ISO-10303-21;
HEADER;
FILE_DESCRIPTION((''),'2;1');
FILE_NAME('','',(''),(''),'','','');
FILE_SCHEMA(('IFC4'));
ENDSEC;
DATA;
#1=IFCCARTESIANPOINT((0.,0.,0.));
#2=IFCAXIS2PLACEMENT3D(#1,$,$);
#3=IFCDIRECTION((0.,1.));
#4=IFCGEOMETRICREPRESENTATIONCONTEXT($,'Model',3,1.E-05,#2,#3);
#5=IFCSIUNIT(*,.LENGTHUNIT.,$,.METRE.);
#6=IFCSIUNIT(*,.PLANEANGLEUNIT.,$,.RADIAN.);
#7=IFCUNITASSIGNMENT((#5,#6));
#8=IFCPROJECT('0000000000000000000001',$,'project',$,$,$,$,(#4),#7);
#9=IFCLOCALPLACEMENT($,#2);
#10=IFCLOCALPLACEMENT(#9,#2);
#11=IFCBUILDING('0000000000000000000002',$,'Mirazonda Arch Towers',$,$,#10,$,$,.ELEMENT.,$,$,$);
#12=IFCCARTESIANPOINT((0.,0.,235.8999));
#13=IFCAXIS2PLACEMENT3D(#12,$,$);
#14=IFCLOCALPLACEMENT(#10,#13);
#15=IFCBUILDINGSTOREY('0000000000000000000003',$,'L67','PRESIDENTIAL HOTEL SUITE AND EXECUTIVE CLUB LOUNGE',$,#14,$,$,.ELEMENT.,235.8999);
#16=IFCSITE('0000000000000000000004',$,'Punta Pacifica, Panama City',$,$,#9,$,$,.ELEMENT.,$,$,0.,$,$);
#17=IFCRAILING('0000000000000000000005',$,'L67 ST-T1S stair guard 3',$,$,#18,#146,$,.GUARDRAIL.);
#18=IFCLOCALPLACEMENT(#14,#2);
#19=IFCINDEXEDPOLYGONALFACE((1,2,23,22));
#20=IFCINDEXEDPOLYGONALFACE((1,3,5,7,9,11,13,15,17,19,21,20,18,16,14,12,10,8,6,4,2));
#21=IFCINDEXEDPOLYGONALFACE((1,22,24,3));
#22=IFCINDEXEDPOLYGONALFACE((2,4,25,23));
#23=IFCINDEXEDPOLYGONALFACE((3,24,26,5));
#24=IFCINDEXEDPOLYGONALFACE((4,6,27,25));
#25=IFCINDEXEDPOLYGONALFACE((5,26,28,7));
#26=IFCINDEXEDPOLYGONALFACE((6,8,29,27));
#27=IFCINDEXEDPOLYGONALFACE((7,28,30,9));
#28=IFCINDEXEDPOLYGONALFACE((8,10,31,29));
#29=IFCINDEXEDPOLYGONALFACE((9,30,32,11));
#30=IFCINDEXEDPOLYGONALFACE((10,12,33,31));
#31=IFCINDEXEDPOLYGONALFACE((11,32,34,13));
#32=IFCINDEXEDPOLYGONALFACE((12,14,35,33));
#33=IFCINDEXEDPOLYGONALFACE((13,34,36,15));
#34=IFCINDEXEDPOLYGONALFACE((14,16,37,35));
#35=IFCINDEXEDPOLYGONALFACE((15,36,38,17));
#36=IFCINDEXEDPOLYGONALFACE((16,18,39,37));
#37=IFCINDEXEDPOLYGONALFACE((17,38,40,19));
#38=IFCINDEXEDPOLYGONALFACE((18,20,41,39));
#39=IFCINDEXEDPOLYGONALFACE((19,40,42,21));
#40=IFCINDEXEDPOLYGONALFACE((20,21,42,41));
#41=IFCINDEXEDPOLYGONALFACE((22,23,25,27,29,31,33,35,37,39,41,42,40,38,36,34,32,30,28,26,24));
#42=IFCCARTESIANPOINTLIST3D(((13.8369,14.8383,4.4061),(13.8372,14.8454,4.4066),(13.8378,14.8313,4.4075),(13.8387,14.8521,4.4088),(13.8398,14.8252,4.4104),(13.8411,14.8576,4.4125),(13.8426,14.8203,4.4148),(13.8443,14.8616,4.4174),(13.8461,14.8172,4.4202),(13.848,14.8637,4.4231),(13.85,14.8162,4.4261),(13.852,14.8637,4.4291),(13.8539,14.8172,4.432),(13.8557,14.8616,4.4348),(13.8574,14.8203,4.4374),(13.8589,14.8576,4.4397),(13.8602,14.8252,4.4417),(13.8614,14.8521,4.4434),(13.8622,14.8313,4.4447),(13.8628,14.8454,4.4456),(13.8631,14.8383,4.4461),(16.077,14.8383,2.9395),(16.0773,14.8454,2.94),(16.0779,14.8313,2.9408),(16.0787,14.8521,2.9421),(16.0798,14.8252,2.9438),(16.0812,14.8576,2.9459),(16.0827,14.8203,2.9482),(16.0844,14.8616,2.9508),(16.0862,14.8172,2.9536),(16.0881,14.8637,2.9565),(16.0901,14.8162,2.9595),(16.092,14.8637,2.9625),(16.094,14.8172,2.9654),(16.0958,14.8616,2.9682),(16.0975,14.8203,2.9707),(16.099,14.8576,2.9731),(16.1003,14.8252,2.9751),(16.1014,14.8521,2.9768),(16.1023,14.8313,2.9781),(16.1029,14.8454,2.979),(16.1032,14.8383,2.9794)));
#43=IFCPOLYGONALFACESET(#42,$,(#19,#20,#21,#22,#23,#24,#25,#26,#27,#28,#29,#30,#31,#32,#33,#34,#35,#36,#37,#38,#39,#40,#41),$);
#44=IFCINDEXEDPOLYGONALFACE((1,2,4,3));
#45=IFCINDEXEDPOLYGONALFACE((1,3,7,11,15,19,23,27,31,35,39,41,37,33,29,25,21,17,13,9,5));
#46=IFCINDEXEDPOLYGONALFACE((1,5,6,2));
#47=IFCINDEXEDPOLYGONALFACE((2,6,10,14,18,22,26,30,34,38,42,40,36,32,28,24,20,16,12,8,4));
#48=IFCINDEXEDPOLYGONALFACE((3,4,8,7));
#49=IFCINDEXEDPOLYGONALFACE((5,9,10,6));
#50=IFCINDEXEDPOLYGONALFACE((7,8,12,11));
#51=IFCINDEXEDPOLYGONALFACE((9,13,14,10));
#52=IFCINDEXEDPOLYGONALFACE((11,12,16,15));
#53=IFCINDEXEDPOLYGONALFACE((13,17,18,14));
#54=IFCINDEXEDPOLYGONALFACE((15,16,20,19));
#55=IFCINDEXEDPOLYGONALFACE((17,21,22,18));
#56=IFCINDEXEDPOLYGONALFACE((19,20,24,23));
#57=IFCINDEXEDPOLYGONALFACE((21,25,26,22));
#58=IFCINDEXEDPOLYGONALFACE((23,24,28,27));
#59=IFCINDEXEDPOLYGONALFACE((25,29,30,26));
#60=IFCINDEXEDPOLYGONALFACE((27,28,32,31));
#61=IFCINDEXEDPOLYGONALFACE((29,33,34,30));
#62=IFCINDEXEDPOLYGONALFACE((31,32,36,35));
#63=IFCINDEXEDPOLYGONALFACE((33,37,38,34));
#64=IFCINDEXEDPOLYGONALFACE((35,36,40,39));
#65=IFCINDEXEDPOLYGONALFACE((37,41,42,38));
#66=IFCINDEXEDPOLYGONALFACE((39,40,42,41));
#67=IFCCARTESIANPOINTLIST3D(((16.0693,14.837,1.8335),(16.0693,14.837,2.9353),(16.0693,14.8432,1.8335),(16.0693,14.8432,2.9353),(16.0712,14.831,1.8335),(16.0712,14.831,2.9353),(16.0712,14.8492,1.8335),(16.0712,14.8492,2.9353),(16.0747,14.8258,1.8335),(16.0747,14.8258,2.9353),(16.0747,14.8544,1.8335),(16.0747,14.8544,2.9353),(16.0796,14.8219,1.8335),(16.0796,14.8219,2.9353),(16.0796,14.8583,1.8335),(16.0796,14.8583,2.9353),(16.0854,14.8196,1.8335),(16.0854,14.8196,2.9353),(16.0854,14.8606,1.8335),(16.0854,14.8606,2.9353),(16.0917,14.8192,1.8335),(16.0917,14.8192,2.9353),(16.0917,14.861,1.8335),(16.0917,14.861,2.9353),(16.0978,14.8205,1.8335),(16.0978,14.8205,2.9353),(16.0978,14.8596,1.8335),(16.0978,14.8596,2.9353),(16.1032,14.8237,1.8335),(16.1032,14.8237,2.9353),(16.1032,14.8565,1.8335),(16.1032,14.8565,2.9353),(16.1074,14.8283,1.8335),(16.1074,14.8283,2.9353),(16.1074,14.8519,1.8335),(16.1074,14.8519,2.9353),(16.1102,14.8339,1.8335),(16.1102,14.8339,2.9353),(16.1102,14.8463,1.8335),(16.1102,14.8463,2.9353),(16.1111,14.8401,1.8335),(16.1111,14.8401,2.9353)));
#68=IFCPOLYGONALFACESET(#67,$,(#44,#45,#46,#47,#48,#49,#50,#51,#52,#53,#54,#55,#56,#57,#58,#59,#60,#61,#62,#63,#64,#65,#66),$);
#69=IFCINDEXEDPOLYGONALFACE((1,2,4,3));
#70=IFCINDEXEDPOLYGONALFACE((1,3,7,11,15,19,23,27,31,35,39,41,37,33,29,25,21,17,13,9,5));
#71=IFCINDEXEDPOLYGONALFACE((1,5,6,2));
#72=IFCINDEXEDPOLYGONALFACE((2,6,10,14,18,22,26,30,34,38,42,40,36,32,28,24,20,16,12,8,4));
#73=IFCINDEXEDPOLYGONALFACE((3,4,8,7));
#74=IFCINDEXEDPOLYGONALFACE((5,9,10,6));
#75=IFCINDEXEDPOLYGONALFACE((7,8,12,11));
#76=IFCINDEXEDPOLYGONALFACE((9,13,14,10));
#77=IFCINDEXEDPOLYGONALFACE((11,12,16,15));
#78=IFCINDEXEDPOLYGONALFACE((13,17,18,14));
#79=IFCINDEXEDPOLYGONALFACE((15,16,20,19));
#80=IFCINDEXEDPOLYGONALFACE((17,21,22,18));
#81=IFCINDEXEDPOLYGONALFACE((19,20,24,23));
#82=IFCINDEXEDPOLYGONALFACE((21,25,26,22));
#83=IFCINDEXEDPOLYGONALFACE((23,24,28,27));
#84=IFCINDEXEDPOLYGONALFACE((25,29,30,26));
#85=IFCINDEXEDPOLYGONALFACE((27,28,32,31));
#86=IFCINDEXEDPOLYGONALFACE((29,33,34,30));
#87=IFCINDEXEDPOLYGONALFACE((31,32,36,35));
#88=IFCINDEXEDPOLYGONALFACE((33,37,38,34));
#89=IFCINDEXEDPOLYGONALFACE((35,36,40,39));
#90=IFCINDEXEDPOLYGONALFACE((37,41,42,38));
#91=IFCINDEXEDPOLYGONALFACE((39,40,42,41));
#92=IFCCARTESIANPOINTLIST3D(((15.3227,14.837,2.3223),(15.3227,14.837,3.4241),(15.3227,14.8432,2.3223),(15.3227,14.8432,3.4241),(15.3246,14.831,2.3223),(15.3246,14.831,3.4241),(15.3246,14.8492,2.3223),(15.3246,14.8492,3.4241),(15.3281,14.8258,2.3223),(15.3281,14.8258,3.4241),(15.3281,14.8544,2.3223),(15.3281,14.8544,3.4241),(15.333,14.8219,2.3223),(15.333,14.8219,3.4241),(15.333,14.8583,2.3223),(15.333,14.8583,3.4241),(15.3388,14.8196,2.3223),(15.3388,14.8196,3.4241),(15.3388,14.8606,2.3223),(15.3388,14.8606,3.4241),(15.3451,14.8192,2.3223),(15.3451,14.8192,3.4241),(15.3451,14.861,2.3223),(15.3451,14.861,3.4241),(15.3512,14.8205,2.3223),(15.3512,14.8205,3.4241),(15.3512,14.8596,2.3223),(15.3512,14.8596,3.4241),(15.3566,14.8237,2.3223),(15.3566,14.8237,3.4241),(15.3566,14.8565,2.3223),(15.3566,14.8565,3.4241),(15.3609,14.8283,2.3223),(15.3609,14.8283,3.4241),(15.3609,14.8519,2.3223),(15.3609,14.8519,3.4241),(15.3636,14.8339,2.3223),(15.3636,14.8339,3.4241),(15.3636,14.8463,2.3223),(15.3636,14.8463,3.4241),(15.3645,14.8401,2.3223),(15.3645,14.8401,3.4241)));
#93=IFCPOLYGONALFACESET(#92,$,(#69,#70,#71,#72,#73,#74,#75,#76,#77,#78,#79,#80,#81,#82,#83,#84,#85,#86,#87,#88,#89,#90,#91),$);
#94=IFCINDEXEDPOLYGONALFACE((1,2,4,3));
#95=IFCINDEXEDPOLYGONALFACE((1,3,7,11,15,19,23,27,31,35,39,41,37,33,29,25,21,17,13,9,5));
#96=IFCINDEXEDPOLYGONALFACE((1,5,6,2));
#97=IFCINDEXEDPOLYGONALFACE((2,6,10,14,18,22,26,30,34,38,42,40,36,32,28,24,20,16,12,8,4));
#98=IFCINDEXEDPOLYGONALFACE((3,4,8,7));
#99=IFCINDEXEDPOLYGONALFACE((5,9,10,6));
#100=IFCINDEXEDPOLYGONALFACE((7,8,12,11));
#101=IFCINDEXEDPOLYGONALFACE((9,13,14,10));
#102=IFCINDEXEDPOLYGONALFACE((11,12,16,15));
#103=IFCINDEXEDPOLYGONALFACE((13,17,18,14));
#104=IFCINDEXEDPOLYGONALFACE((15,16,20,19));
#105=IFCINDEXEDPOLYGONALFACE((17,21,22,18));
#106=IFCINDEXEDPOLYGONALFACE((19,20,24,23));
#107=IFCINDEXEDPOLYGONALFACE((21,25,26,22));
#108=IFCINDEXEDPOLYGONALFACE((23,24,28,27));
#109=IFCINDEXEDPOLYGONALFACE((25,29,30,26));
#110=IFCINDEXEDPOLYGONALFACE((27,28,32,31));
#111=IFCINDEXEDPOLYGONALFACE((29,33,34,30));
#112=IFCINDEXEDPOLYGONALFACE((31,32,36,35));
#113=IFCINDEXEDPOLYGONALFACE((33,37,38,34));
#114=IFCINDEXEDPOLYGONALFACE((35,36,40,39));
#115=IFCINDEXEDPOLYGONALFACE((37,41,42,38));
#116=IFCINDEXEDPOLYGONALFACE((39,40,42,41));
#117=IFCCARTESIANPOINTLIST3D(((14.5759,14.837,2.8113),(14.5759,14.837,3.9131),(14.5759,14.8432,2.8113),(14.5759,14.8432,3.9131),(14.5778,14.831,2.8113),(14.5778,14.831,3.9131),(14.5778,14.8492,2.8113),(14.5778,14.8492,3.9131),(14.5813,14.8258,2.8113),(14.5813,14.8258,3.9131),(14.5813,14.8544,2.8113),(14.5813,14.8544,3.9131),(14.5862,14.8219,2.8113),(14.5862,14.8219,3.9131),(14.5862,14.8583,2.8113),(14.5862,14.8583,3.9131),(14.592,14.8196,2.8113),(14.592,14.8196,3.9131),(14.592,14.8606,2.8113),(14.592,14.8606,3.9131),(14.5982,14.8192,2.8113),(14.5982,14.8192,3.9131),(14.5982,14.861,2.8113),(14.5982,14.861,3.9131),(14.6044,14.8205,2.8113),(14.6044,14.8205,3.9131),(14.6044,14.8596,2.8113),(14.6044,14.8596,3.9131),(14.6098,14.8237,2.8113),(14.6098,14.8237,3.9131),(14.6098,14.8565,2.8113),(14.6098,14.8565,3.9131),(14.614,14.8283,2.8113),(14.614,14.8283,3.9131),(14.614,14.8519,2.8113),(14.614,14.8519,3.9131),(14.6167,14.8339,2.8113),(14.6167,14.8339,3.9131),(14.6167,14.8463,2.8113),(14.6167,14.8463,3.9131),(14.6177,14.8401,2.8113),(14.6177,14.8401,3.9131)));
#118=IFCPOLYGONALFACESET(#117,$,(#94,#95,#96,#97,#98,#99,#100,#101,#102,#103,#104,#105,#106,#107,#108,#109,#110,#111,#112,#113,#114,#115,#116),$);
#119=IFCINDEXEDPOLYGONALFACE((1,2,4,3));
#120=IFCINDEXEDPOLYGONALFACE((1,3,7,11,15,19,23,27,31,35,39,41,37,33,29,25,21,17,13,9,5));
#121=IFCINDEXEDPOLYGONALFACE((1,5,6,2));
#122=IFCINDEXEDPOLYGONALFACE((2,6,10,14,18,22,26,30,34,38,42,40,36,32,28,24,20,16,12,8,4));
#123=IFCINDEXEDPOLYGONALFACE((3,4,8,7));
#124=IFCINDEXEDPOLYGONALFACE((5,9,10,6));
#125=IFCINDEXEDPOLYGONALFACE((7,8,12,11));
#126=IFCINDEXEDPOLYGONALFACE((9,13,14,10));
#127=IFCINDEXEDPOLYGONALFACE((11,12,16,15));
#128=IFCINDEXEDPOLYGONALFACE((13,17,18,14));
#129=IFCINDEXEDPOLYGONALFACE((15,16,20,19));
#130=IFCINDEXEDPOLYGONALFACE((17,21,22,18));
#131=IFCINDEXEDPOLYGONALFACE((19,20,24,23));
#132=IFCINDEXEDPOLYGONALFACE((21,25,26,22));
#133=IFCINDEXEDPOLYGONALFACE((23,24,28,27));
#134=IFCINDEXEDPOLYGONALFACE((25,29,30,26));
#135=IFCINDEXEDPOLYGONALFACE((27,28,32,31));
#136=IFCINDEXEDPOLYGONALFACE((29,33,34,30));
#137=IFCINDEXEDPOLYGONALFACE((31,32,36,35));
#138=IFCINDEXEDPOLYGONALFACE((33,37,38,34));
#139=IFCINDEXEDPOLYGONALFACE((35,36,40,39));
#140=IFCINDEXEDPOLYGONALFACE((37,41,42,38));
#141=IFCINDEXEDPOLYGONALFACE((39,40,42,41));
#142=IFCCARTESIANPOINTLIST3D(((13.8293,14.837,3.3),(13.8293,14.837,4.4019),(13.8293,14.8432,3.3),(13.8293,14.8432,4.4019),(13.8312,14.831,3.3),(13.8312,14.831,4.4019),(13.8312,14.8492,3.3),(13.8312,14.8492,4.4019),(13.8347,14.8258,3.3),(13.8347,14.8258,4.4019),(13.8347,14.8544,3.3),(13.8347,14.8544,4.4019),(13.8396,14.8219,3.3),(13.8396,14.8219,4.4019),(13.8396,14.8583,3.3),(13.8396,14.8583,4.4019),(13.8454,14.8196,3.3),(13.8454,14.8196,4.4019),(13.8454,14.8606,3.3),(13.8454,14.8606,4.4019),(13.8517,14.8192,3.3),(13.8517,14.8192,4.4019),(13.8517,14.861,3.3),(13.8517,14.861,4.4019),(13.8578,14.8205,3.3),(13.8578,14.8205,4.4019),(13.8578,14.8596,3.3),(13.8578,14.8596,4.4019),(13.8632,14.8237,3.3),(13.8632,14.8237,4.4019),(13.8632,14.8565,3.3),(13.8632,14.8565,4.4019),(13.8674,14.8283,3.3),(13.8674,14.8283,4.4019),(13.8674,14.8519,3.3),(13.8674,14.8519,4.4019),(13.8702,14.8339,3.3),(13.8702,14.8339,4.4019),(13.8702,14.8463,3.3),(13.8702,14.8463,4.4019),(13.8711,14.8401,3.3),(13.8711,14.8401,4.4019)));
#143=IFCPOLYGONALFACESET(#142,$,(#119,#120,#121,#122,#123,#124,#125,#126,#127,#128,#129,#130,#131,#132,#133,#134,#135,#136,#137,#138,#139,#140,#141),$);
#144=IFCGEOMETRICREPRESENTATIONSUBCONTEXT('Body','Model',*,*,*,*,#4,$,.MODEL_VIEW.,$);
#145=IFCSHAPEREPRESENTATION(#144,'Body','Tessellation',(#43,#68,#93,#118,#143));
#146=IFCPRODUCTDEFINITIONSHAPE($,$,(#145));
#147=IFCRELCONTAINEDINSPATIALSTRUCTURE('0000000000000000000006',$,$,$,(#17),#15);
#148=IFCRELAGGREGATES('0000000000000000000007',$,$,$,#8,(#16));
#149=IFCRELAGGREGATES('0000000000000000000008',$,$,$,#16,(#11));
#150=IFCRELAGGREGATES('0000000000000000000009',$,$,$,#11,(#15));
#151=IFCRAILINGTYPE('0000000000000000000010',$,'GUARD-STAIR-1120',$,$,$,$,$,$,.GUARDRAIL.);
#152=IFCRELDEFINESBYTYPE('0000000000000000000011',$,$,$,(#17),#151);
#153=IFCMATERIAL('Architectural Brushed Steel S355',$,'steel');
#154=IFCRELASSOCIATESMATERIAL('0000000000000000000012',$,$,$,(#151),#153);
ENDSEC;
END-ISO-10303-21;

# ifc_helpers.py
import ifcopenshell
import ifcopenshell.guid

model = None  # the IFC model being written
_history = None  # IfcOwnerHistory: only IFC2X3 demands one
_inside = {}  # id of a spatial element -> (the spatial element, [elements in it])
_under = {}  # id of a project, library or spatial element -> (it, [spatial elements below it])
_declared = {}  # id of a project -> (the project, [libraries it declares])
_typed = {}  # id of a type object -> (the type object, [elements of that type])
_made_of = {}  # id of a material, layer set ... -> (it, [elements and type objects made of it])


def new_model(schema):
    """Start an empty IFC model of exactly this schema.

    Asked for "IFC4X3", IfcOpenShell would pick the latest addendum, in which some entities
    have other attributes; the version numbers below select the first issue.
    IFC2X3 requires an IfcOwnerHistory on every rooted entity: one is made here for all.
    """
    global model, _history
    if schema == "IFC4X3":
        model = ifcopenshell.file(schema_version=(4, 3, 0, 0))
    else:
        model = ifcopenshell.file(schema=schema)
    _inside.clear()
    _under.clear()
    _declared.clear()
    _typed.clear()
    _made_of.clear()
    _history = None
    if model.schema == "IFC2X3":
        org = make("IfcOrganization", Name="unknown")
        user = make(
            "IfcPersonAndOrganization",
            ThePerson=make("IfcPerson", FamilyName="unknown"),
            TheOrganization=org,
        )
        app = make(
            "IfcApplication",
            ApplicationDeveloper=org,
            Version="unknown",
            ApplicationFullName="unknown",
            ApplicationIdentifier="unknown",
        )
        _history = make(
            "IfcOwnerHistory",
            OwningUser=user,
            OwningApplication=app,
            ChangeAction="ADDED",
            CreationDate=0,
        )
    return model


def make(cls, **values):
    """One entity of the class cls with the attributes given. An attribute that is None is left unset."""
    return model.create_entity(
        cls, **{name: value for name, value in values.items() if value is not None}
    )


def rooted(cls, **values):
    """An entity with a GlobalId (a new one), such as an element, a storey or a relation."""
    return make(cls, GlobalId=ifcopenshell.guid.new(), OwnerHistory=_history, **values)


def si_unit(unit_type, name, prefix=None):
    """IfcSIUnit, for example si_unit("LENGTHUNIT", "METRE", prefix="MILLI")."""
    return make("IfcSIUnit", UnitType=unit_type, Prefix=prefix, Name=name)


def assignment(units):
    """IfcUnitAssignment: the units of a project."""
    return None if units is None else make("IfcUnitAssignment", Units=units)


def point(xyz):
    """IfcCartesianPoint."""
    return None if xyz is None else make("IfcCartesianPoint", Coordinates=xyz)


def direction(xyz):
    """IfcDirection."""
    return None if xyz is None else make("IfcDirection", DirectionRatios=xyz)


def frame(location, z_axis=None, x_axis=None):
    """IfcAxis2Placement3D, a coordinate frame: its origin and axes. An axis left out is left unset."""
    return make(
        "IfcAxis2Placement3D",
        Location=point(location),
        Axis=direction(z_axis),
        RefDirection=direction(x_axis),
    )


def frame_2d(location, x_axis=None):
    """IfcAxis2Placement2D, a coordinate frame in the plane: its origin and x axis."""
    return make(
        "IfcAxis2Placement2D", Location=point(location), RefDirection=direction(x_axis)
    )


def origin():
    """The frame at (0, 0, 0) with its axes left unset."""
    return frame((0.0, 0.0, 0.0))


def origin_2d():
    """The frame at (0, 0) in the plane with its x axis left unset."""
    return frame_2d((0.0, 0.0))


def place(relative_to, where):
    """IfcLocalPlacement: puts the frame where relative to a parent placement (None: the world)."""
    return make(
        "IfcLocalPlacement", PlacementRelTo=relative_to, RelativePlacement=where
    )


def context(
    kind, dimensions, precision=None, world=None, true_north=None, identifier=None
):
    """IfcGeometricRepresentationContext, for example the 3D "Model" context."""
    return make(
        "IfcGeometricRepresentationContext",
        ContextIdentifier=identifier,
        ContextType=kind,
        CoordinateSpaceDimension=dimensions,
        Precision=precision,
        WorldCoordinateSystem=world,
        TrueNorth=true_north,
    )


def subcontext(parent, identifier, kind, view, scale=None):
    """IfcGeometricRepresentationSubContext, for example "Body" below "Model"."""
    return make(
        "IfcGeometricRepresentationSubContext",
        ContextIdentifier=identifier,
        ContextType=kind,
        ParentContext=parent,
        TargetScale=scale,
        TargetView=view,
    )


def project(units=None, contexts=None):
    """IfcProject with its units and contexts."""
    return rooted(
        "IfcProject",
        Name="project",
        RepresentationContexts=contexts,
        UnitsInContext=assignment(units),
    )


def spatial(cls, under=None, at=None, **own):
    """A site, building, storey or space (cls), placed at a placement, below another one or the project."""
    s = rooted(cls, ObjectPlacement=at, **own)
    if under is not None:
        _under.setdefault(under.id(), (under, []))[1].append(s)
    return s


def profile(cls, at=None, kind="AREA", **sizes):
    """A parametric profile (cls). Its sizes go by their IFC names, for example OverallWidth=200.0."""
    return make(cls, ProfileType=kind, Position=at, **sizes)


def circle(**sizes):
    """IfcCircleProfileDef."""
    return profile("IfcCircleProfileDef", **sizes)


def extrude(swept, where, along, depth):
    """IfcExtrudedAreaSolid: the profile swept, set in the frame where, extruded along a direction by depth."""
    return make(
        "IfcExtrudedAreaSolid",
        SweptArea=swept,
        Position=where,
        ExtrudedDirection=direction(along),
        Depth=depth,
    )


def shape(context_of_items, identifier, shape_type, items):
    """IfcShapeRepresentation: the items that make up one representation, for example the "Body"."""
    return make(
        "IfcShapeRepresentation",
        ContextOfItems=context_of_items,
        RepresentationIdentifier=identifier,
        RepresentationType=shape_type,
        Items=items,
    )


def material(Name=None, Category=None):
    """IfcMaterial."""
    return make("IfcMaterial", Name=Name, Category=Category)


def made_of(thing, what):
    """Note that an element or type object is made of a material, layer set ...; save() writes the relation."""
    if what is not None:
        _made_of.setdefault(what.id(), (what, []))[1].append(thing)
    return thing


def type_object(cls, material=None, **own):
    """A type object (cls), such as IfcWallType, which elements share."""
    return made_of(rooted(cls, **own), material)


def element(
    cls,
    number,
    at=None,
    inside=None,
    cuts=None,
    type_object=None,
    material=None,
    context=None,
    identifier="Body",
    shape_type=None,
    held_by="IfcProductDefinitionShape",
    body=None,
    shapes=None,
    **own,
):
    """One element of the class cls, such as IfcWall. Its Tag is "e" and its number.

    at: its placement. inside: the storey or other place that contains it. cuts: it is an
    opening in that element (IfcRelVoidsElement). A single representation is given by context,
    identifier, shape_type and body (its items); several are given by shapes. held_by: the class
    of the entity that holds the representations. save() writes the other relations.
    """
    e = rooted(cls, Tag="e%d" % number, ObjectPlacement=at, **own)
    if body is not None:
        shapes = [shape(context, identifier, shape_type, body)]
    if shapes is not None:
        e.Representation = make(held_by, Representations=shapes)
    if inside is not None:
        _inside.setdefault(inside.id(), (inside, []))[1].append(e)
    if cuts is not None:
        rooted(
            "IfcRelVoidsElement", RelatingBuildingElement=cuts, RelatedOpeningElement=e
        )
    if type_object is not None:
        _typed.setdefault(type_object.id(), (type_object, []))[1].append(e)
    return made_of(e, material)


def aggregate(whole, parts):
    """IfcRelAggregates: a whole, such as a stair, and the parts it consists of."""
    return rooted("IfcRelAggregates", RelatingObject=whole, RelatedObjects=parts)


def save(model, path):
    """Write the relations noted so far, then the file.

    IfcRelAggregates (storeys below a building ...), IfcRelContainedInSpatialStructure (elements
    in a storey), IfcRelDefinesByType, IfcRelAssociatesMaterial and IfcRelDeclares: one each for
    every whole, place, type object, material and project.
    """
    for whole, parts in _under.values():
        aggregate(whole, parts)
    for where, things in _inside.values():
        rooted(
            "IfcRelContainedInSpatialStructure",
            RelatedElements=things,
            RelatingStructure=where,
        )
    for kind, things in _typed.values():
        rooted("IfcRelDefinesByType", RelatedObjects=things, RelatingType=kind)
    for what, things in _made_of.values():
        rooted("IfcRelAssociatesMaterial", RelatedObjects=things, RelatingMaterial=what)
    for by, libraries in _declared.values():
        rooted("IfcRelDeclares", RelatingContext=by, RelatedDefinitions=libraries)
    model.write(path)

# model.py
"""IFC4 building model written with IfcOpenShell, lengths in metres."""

from ifc_helpers import new_model, si_unit, direction, frame, origin, origin_2d, place, context, subcontext, project, spatial, circle, extrude, material, type_object, element, save


model = new_model("IFC4")

# Units and contexts
model_context = context("Model", 3, precision=1e-05, world=origin(), true_north=direction((0.0, 1.0)))
body_context = subcontext(model_context, "Body", "Model", "MODEL_VIEW")
ifc_project = project(units=[si_unit("LENGTHUNIT", "METRE"), si_unit("PLANEANGLEUNIT", "RADIAN")], contexts=[model_context])

# Site, building, storey
site_placement = place(None, origin())
site = spatial("IfcSite", under=ifc_project, at=site_placement, Name="Punta Pacifica, Panama City", CompositionType="ELEMENT", RefElevation=0.0)
building_placement = place(site_placement, origin())
building = spatial("IfcBuilding", under=site, at=building_placement, Name="Mirazonda Arch Towers", CompositionType="ELEMENT")
storey_placement = place(building_placement, frame((0.0, 0.0, 235.8999)))
storey = spatial("IfcBuildingStorey", under=building, at=storey_placement, Name="L67", Description="PRESIDENTIAL HOTEL SUITE AND EXECUTIVE CLUB LOUNGE", CompositionType="ELEMENT", Elevation=235.8999)

# Railing
ifc_material_1 = material(Name="Architectural Brushed Steel S355", Category="steel")
railing_type_1 = type_object("IfcRailingType", Name="GUARD-STAIR-1120", PredefinedType="GUARDRAIL", material=ifc_material_1)
railing_1_placement = place(storey_placement, frame((16.0901, 14.8401, 1.8335)))
element("IfcRailing", 1, at=railing_1_placement, inside=storey, type_object=railing_type_1, Name="L67 ST-T1S stair guard 3", PredefinedType="GUARDRAIL", context=body_context, shape_type="SweptSolid", body=[
    extrude(circle(Radius=0.0239, at=origin_2d()), frame((0.0, 0.0, 1.126), z_axis=(-0.836637, 0.0, 0.547758), x_axis=(0.0, -1.0, 0.0)), (0.0, 0.0, 1.0), 2.6775),
    extrude(circle(Radius=0.021, at=origin_2d()), origin(), (0.0, 0.0, 1.0), 1.1018),
    extrude(circle(Radius=0.021, at=origin_2d()), frame((-0.7466, 0.0, 0.4888)), (0.0, 0.0, 1.0), 1.1018),
    extrude(circle(Radius=0.021, at=origin_2d()), frame((-1.4934, 0.0, 0.9778)), (0.0, 0.0, 1.0), 1.1018),
    extrude(circle(Radius=0.021, at=origin_2d()), frame((-2.24, 0.0, 1.4666)), (0.0, 0.0, 1.0), 1.1018),
])

save(model, "model.ifc")
